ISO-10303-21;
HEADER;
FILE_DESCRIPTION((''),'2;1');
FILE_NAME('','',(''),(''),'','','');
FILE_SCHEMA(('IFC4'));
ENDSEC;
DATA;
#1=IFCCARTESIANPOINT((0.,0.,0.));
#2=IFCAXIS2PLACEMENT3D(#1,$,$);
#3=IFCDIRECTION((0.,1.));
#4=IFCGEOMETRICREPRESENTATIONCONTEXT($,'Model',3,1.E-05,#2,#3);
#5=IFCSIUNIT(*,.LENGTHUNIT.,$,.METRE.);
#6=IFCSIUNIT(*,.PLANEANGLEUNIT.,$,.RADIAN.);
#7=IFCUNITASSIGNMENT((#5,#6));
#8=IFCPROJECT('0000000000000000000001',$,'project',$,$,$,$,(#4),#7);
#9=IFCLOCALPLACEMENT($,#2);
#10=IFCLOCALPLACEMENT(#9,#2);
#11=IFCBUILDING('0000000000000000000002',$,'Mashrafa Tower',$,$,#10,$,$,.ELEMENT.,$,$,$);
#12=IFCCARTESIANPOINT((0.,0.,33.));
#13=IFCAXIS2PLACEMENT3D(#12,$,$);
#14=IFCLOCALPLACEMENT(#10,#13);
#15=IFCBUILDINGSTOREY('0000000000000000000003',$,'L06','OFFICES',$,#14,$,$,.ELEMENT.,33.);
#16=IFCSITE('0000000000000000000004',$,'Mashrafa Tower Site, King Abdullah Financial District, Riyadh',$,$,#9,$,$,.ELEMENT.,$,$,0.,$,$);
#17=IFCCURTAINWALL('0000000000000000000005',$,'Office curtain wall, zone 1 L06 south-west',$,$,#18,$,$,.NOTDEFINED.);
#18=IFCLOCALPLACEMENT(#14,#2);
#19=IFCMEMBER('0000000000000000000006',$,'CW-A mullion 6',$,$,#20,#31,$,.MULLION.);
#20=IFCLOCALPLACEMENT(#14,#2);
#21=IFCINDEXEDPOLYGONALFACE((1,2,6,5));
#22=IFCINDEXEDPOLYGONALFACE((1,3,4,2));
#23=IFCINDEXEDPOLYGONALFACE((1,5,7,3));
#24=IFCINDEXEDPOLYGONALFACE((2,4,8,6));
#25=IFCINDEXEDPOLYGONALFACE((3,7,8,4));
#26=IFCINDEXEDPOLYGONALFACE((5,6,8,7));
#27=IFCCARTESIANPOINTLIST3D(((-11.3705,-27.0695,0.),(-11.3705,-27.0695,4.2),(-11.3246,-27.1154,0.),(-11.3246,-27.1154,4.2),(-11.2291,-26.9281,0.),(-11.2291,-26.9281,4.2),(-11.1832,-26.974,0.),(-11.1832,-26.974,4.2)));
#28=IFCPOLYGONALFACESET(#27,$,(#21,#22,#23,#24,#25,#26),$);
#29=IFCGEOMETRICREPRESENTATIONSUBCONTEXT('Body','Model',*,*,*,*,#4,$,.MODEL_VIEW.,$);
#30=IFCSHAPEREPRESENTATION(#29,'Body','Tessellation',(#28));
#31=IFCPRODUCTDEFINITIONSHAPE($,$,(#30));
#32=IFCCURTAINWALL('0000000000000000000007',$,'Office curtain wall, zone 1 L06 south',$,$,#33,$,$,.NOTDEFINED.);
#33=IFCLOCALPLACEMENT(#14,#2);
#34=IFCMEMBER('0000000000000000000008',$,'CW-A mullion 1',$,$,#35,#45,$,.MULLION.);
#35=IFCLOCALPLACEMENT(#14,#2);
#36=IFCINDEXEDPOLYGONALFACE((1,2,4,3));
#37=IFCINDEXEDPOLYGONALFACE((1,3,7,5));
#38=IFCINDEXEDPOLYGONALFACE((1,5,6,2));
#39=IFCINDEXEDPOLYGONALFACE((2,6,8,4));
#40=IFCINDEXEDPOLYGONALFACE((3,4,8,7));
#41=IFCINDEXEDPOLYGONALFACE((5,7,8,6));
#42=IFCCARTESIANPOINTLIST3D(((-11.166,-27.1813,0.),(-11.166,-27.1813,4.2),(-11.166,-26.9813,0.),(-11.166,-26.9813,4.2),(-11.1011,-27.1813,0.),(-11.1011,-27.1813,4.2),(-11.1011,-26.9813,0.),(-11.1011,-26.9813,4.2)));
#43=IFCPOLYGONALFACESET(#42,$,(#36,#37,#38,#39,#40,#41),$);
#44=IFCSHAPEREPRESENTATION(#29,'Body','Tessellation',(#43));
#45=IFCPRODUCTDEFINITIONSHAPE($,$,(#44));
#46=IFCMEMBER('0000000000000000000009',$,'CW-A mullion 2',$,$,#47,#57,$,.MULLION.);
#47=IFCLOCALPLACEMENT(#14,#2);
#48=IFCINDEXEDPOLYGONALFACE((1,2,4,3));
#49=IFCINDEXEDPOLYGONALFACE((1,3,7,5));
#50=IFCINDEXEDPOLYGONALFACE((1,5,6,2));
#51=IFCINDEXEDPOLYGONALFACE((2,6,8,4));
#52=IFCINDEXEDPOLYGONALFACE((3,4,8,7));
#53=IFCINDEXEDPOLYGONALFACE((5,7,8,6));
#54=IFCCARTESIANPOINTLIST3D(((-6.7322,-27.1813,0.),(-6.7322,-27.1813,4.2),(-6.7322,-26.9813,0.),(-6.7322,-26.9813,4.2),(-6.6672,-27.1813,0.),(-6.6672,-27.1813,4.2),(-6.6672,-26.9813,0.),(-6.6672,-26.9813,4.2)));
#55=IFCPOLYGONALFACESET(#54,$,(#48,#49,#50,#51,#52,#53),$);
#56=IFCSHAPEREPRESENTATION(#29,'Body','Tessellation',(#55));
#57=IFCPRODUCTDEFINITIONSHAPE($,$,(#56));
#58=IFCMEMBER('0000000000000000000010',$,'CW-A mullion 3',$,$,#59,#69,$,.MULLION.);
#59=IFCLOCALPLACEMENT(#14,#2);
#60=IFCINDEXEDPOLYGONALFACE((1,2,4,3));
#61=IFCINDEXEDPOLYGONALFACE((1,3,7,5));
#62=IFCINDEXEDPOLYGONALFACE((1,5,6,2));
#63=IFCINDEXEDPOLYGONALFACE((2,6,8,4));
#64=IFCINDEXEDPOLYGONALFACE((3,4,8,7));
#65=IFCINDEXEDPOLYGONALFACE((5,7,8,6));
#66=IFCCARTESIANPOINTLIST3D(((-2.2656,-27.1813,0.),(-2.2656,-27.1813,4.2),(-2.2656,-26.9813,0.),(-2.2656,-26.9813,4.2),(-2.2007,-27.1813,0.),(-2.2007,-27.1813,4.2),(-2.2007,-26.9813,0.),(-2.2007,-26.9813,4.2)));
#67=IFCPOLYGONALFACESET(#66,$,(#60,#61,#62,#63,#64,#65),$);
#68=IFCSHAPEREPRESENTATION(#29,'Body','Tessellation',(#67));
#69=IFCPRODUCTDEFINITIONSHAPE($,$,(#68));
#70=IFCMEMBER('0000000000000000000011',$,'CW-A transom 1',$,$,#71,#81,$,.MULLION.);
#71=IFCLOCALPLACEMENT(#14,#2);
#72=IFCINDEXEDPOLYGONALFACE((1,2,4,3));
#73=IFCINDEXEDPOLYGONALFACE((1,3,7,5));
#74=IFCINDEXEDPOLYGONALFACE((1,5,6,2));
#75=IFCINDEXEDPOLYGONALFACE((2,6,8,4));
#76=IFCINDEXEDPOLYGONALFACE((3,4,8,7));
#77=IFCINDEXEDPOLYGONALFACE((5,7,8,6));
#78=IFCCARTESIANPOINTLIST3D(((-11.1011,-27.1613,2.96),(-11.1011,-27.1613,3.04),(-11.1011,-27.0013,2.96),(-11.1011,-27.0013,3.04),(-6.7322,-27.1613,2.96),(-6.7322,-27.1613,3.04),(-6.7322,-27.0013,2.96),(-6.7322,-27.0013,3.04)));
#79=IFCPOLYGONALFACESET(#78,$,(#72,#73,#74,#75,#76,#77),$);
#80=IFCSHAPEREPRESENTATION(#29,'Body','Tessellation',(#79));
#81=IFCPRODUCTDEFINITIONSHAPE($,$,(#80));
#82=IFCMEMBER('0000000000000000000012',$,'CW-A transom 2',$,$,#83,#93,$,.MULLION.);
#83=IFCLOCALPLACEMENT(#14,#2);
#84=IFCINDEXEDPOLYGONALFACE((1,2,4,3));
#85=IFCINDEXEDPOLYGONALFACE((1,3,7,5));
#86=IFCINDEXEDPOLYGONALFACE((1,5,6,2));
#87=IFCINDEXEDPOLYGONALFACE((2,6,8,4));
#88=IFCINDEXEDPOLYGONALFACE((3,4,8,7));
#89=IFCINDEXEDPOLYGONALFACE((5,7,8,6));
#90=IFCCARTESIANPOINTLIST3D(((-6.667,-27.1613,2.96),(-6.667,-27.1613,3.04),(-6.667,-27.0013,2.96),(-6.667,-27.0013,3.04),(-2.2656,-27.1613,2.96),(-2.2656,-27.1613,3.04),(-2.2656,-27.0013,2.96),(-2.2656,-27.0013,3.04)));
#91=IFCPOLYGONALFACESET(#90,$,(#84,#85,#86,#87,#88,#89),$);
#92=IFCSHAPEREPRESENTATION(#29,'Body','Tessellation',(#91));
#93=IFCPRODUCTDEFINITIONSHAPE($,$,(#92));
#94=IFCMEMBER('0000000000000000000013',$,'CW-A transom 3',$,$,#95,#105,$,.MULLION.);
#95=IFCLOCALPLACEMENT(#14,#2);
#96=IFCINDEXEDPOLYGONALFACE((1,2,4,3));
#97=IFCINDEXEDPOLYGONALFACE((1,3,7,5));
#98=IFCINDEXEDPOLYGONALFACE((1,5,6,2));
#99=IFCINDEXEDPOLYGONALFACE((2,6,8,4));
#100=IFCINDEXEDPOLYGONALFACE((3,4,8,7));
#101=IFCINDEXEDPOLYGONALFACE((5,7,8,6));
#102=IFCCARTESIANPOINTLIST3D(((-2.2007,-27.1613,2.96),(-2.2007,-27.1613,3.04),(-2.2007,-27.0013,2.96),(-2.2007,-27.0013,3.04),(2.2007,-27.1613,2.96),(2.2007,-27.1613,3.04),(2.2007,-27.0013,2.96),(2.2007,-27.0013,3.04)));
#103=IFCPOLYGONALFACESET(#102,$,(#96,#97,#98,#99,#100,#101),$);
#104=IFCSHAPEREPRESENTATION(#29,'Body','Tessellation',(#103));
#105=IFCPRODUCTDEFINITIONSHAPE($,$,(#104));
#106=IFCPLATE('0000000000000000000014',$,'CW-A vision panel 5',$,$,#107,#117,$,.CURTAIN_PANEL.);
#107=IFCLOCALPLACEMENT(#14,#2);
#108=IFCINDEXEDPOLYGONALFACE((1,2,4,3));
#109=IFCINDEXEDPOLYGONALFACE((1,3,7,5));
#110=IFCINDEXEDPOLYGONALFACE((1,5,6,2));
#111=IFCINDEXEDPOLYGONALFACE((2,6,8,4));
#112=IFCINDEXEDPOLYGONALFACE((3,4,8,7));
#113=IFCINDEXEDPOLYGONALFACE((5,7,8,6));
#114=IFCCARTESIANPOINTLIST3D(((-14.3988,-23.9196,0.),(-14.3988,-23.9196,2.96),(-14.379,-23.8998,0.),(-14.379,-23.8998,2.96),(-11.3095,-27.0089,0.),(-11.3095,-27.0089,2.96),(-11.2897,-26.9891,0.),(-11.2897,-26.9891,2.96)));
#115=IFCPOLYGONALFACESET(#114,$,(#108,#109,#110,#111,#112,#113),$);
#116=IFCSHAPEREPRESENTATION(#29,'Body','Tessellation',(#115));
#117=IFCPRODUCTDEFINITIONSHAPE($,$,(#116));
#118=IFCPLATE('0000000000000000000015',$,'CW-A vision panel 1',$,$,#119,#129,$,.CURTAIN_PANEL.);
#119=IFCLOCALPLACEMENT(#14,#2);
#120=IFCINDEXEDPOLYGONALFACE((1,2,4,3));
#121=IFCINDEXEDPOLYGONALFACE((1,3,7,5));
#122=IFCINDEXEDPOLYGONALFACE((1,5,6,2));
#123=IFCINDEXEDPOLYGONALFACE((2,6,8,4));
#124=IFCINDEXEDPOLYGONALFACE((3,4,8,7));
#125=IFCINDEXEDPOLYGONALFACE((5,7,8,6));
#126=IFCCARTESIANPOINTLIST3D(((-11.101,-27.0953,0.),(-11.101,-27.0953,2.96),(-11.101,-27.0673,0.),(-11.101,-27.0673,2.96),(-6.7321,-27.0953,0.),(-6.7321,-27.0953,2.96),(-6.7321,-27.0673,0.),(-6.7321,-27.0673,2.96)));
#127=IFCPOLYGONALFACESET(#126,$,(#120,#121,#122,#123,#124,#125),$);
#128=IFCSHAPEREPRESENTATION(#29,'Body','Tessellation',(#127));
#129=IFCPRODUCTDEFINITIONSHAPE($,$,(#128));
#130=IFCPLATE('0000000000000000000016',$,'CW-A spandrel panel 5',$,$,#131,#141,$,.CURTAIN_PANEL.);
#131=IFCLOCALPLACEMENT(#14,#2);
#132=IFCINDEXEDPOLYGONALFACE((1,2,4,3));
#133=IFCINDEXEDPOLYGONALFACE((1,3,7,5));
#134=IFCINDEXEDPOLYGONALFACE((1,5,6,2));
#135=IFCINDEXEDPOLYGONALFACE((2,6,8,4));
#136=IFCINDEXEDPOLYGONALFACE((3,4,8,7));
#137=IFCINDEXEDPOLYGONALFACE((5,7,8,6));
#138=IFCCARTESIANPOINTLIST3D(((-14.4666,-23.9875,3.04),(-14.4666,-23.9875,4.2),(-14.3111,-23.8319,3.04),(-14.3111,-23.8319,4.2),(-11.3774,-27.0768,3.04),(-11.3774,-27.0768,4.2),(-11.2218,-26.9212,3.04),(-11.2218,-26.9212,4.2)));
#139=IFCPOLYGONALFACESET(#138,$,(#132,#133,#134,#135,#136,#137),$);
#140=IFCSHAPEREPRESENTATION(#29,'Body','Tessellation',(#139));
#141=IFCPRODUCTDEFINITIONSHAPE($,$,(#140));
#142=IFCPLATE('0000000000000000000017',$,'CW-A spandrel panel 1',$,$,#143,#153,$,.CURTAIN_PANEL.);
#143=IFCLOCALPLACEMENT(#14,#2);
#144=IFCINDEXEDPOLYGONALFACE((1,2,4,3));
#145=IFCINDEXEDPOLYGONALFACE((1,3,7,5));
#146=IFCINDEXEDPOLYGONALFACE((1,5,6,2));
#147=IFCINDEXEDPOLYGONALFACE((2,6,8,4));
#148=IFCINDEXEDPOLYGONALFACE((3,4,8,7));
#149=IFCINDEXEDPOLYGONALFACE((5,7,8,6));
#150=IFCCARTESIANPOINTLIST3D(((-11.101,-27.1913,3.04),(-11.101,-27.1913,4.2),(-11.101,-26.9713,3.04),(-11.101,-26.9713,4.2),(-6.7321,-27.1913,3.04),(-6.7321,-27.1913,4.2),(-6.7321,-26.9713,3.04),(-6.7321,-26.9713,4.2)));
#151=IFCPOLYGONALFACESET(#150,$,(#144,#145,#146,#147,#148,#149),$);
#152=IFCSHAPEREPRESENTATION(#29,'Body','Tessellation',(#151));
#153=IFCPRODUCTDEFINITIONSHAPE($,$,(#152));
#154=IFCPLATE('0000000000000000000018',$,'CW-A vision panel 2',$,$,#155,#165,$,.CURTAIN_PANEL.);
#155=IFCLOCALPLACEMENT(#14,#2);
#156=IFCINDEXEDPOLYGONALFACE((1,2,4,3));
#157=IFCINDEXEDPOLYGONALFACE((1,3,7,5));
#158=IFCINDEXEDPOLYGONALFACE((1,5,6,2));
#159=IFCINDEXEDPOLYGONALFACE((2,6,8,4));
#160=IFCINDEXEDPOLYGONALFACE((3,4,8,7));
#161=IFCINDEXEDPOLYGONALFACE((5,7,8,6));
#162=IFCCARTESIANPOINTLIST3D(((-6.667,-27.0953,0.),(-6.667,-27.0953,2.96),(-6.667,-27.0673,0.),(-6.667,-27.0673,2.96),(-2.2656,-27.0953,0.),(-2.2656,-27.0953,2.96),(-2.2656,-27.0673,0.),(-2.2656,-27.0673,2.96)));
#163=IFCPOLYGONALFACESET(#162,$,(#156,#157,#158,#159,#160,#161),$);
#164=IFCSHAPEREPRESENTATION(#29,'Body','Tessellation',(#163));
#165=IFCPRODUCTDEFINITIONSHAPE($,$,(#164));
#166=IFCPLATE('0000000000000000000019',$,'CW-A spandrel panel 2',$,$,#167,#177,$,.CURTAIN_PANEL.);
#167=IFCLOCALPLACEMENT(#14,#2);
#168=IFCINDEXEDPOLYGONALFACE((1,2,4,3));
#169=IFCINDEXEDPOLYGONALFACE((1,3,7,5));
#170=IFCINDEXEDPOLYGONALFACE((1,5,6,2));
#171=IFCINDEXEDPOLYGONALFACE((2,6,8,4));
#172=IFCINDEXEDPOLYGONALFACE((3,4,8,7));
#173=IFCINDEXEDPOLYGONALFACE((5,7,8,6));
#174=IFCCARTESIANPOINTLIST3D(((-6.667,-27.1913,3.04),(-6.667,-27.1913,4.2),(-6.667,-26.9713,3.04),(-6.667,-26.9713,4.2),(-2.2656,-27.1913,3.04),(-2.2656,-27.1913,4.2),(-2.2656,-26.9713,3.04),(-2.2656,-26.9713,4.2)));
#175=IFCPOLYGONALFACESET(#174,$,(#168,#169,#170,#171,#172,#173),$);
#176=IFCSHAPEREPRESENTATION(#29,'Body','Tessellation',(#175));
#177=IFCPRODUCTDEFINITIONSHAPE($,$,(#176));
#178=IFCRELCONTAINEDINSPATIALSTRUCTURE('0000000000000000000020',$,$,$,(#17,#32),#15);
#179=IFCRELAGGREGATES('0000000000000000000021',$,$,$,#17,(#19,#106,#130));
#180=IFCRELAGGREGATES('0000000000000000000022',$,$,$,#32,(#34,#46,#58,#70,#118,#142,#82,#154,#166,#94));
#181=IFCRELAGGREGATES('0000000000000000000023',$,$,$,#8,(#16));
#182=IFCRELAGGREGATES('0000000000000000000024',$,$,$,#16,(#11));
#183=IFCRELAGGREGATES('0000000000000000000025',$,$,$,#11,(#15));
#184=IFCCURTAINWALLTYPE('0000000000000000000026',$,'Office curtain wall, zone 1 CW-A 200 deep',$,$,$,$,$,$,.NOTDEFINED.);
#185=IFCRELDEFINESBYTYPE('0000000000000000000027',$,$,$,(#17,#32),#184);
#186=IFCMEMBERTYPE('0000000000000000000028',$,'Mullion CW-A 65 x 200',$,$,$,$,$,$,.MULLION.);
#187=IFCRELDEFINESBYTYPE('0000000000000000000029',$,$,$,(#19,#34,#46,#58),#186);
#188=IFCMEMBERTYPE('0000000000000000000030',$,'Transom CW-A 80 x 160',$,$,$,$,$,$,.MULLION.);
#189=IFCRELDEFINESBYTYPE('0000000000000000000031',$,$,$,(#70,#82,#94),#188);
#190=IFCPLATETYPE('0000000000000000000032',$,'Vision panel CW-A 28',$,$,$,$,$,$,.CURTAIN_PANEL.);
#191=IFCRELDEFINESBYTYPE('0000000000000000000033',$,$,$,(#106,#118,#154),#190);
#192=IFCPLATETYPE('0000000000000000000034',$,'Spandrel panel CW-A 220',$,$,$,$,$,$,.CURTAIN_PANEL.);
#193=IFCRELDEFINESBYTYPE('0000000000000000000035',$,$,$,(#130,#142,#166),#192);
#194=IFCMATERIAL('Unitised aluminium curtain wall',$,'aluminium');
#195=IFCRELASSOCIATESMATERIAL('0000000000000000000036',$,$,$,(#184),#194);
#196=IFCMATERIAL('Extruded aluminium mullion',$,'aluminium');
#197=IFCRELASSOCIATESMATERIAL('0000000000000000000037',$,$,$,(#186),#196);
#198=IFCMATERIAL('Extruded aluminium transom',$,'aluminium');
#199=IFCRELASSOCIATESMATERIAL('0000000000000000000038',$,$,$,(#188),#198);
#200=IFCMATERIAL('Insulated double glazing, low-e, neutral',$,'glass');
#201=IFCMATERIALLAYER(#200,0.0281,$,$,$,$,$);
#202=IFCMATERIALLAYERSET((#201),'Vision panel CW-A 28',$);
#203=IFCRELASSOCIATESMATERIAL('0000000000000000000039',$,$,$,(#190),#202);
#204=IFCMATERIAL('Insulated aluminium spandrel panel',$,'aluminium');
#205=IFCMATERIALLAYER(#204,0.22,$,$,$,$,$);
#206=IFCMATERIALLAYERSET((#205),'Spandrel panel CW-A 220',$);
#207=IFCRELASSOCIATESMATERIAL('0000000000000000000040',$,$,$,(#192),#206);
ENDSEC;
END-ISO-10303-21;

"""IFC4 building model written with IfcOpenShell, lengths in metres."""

from ifc_helpers import new_model, si_unit, direction, frame, origin, origin_2d, place, context, subcontext, project, spatial, rectangle, extrude, source, transform, mapped, material, layer, layer_set, material_profile, profile_set, type_object, type_shapes, element, aggregate, save


model = new_model("IFC4")

# Units and contexts
model_context = context("Model", 3, precision=1e-05, world=origin(), true_north=direction((0.0, 1.0)))
body_context = subcontext(model_context, "Body", "Model", "MODEL_VIEW")
ifc_project = project(units=[si_unit("LENGTHUNIT", "METRE"), si_unit("PLANEANGLEUNIT", "RADIAN")], contexts=[model_context])

# Site, building, storey
site_placement = place(None, origin())
site = spatial("IfcSite", under=ifc_project, at=site_placement, Name="Mashrafa Tower Site, King Abdullah Financial District, Riyadh", CompositionType="ELEMENT", RefElevation=0.0)
building_placement = place(site_placement, origin())
building = spatial("IfcBuilding", under=site, at=building_placement, Name="Mashrafa Tower", CompositionType="ELEMENT")
storey_placement = place(building_placement, frame((0.0, 0.0, 33.0)))
storey = spatial("IfcBuildingStorey", under=building, at=storey_placement, Name="L06", Description="OFFICES", CompositionType="ELEMENT", Elevation=33.0)

# Curtain wall, member
ifc_material_1 = material(Name="Unitised aluminium curtain wall", Category="aluminium")
curtain_wall_type = type_object("IfcCurtainWallType", Name="Office curtain wall, zone 1 CW-A 200 deep", PredefinedType="NOTDEFINED", material=ifc_material_1)
curtain_wall_1_placement = place(storey_placement, origin())
curtain_wall_1 = element("IfcCurtainWall", 1, at=curtain_wall_1_placement, inside=storey, type_object=curtain_wall_type, Name="Office curtain wall, zone 1 L06 south-west", PredefinedType="NOTDEFINED")
ifc_material_2 = material(Name="Extruded aluminium mullion", Category="aluminium")
ifc_material_profile_1 = material_profile(ifc_material_2, rectangle(XDim=0.2, YDim=0.0649, at=origin_2d()), Name="Mullion 65x200")
ifc_profile_set_1 = profile_set([ifc_material_profile_1], Name="Extruded aluminium mullion")
member_type_1 = type_object("IfcMemberType", Name="Mullion CW-A 65 x 200", PredefinedType="MULLION", material=ifc_profile_set_1)
shared_shape_1 = source(origin(), body_context, "Body", "SweptSolid", [
    extrude(rectangle(XDim=0.2, YDim=0.0649, at=origin_2d()), origin(), (0.0, 0.0, 1.0), 4.2),
])
type_shapes(member_type_1, [shared_shape_1])
member_1_placement = place(storey_placement, frame((-11.2769, -27.0217, 0.0), z_axis=(0.0, 0.0, 1.0), x_axis=(0.707107, 0.707107, 0.0)))
member_1 = element("IfcMember", 2, at=member_1_placement, type_object=member_type_1, Name="CW-A mullion 6", PredefinedType="MULLION", context=body_context, shape_type="MappedRepresentation", body=[
    mapped(shared_shape_1, transform((0.0, 0.0, 0.0))),
])

# Curtain wall, members
curtain_wall_2_placement = place(storey_placement, origin())
curtain_wall_2 = element("IfcCurtainWall", 3, at=curtain_wall_2_placement, inside=storey, type_object=curtain_wall_type, Name="Office curtain wall, zone 1 L06 south", PredefinedType="NOTDEFINED")
member_2_placement = place(storey_placement, frame((-11.1335, -27.0813, 0.0), z_axis=(0.0, 0.0, 1.0), x_axis=(0.0, 1.0, 0.0)))
member_2 = element("IfcMember", 4, at=member_2_placement, type_object=member_type_1, Name="CW-A mullion 1", PredefinedType="MULLION", context=body_context, shape_type="MappedRepresentation", body=[
    mapped(shared_shape_1, transform((0.0, 0.0, 0.0))),
])
member_3_placement = place(storey_placement, frame((-6.6997, -27.0813, 0.0), z_axis=(0.0, 0.0, 1.0), x_axis=(0.0, 1.0, 0.0)))
member_3 = element("IfcMember", 5, at=member_3_placement, type_object=member_type_1, Name="CW-A mullion 2", PredefinedType="MULLION", context=body_context, shape_type="MappedRepresentation", body=[
    mapped(shared_shape_1, transform((0.0, 0.0, 0.0))),
])
member_4_placement = place(storey_placement, frame((-2.2332, -27.0813, 0.0), z_axis=(0.0, 0.0, 1.0), x_axis=(0.0, 1.0, 0.0)))
member_4 = element("IfcMember", 6, at=member_4_placement, type_object=member_type_1, Name="CW-A mullion 3", PredefinedType="MULLION", context=body_context, shape_type="MappedRepresentation", body=[
    mapped(shared_shape_1, transform((0.0, 0.0, 0.0))),
])
ifc_material_3 = material(Name="Extruded aluminium transom", Category="aluminium")
ifc_material_profile_2 = material_profile(ifc_material_3, rectangle(XDim=0.1599, YDim=0.0801, at=origin_2d()), Name="Transom 80x160")
ifc_profile_set_2 = profile_set([ifc_material_profile_2], Name="Extruded aluminium transom")
member_type_2 = type_object("IfcMemberType", Name="Transom CW-A 80 x 160", PredefinedType="MULLION", material=ifc_profile_set_2)
shared_shape_2 = source(origin(), body_context, "Body", "SweptSolid", [
    extrude(rectangle(XDim=0.1599, YDim=0.0801, at=origin_2d()), origin(), (0.0, 0.0, 1.0), 4.3689),
])
member_5_placement = place(storey_placement, frame((-11.1011, -27.0813, 3.0), z_axis=(1.0, 0.0, 0.0), x_axis=(0.0, 1.0, 0.0)))
member_5 = element("IfcMember", 7, at=member_5_placement, type_object=member_type_2, Name="CW-A transom 1", PredefinedType="MULLION", context=body_context, shape_type="MappedRepresentation", body=[
    mapped(shared_shape_2, transform((0.0, 0.0, 0.0))),
])
shared_shape_3 = source(origin(), body_context, "Body", "SweptSolid", [
    extrude(rectangle(XDim=0.1599, YDim=0.0801, at=origin_2d()), origin(), (0.0, 0.0, 1.0), 4.4014),
])
type_shapes(member_type_2, [shared_shape_2, shared_shape_3])
member_6_placement = place(storey_placement, frame((-6.667, -27.0813, 3.0), z_axis=(1.0, 0.0, 0.0), x_axis=(0.0, 1.0, 0.0)))
member_6 = element("IfcMember", 8, at=member_6_placement, type_object=member_type_2, Name="CW-A transom 2", PredefinedType="MULLION", context=body_context, shape_type="MappedRepresentation", body=[
    mapped(shared_shape_3, transform((0.0, 0.0, 0.0))),
])
member_7_placement = place(storey_placement, frame((-2.2007, -27.0813, 3.0), z_axis=(1.0, 0.0, 0.0), x_axis=(0.0, 1.0, 0.0)))
member_7 = element("IfcMember", 9, at=member_7_placement, type_object=member_type_2, Name="CW-A transom 3", PredefinedType="MULLION", context=body_context, shape_type="MappedRepresentation", body=[
    mapped(shared_shape_3, transform((0.0, 0.0, 0.0))),
])

# Plates
ifc_material_4 = material(Name="Insulated double glazing, low-e, neutral", Category="glass")
ifc_layer_1 = layer(ifc_material_4, 0.0281)
ifc_layer_set_1 = layer_set([ifc_layer_1], Name="Vision panel CW-A 28")
plate_type_1 = type_object("IfcPlateType", Name="Vision panel CW-A 28", PredefinedType="CURTAIN_PANEL", material=ifc_layer_set_1)
shared_shape_4 = source(origin(), body_context, "Body", "SweptSolid", [
    extrude(rectangle(XDim=4.3689, YDim=0.0281, at=origin_2d()), origin(), (0.0, 0.0, 1.0), 2.96),
])
plate_1_placement = place(storey_placement, frame((-12.8442, -25.4543, 0.0), z_axis=(0.0, 0.0, 1.0), x_axis=(0.707107, -0.707107, 0.0)))
plate_1 = element("IfcPlate", 10, at=plate_1_placement, type_object=plate_type_1, Name="CW-A vision panel 5", PredefinedType="CURTAIN_PANEL", context=body_context, shape_type="MappedRepresentation", body=[
    mapped(shared_shape_4, transform((0.0, 0.0, 0.0))),
])
plate_2_placement = place(storey_placement, frame((-8.9165, -27.0813, 0.0), z_axis=(0.0, 0.0, 1.0), x_axis=(1.0, 0.0, 0.0)))
plate_2 = element("IfcPlate", 11, at=plate_2_placement, type_object=plate_type_1, Name="CW-A vision panel 1", PredefinedType="CURTAIN_PANEL", context=body_context, shape_type="MappedRepresentation", body=[
    mapped(shared_shape_4, transform((0.0, 0.0, 0.0))),
])
ifc_material_5 = material(Name="Insulated aluminium spandrel panel", Category="aluminium")
ifc_layer_2 = layer(ifc_material_5, 0.22)
ifc_layer_set_2 = layer_set([ifc_layer_2], Name="Spandrel panel CW-A 220")
plate_type_2 = type_object("IfcPlateType", Name="Spandrel panel CW-A 220", PredefinedType="CURTAIN_PANEL", material=ifc_layer_set_2)
shared_shape_5 = source(origin(), body_context, "Body", "SweptSolid", [
    extrude(rectangle(XDim=4.3689, YDim=0.22, at=origin_2d()), origin(), (0.0, 0.0, 1.0), 1.1599),
])
plate_3_placement = place(storey_placement, frame((-12.8442, -25.4543, 3.04), z_axis=(0.0, 0.0, 1.0), x_axis=(0.707107, -0.707107, 0.0)))
plate_3 = element("IfcPlate", 12, at=plate_3_placement, type_object=plate_type_2, Name="CW-A spandrel panel 5", PredefinedType="CURTAIN_PANEL", context=body_context, shape_type="MappedRepresentation", body=[
    mapped(shared_shape_5, transform((0.0, 0.0, 0.0))),
])
aggregate(curtain_wall_1, [member_1, plate_1, plate_3])
plate_4_placement = place(storey_placement, frame((-8.9165, -27.0813, 3.04), z_axis=(0.0, 0.0, 1.0), x_axis=(1.0, 0.0, 0.0)))
plate_4 = element("IfcPlate", 13, at=plate_4_placement, type_object=plate_type_2, Name="CW-A spandrel panel 1", PredefinedType="CURTAIN_PANEL", context=body_context, shape_type="MappedRepresentation", body=[
    mapped(shared_shape_5, transform((0.0, 0.0, 0.0))),
])
shared_shape_6 = source(origin(), body_context, "Body", "SweptSolid", [
    extrude(rectangle(XDim=4.4014, YDim=0.0281, at=origin_2d()), origin(), (0.0, 0.0, 1.0), 2.96),
])
type_shapes(plate_type_1, [shared_shape_4, shared_shape_6])
plate_5_placement = place(storey_placement, frame((-4.4663, -27.0813, 0.0), z_axis=(0.0, 0.0, 1.0), x_axis=(1.0, 0.0, 0.0)))
plate_5 = element("IfcPlate", 14, at=plate_5_placement, type_object=plate_type_1, Name="CW-A vision panel 2", PredefinedType="CURTAIN_PANEL", context=body_context, shape_type="MappedRepresentation", body=[
    mapped(shared_shape_6, transform((0.0, 0.0, 0.0))),
])
shared_shape_7 = source(origin(), body_context, "Body", "SweptSolid", [
    extrude(rectangle(XDim=4.4014, YDim=0.22, at=origin_2d()), origin(), (0.0, 0.0, 1.0), 1.1599),
])
type_shapes(plate_type_2, [shared_shape_5, shared_shape_7])
plate_6_placement = place(storey_placement, frame((-4.4663, -27.0813, 3.04), z_axis=(0.0, 0.0, 1.0), x_axis=(1.0, 0.0, 0.0)))
plate_6 = element("IfcPlate", 15, at=plate_6_placement, type_object=plate_type_2, Name="CW-A spandrel panel 2", PredefinedType="CURTAIN_PANEL", context=body_context, shape_type="MappedRepresentation", body=[
    mapped(shared_shape_7, transform((0.0, 0.0, 0.0))),
])
aggregate(curtain_wall_2, [member_2, member_3, member_4, member_5, plate_2, plate_4, member_6, plate_5, plate_6, member_7])

save(model, "model.ifc")
